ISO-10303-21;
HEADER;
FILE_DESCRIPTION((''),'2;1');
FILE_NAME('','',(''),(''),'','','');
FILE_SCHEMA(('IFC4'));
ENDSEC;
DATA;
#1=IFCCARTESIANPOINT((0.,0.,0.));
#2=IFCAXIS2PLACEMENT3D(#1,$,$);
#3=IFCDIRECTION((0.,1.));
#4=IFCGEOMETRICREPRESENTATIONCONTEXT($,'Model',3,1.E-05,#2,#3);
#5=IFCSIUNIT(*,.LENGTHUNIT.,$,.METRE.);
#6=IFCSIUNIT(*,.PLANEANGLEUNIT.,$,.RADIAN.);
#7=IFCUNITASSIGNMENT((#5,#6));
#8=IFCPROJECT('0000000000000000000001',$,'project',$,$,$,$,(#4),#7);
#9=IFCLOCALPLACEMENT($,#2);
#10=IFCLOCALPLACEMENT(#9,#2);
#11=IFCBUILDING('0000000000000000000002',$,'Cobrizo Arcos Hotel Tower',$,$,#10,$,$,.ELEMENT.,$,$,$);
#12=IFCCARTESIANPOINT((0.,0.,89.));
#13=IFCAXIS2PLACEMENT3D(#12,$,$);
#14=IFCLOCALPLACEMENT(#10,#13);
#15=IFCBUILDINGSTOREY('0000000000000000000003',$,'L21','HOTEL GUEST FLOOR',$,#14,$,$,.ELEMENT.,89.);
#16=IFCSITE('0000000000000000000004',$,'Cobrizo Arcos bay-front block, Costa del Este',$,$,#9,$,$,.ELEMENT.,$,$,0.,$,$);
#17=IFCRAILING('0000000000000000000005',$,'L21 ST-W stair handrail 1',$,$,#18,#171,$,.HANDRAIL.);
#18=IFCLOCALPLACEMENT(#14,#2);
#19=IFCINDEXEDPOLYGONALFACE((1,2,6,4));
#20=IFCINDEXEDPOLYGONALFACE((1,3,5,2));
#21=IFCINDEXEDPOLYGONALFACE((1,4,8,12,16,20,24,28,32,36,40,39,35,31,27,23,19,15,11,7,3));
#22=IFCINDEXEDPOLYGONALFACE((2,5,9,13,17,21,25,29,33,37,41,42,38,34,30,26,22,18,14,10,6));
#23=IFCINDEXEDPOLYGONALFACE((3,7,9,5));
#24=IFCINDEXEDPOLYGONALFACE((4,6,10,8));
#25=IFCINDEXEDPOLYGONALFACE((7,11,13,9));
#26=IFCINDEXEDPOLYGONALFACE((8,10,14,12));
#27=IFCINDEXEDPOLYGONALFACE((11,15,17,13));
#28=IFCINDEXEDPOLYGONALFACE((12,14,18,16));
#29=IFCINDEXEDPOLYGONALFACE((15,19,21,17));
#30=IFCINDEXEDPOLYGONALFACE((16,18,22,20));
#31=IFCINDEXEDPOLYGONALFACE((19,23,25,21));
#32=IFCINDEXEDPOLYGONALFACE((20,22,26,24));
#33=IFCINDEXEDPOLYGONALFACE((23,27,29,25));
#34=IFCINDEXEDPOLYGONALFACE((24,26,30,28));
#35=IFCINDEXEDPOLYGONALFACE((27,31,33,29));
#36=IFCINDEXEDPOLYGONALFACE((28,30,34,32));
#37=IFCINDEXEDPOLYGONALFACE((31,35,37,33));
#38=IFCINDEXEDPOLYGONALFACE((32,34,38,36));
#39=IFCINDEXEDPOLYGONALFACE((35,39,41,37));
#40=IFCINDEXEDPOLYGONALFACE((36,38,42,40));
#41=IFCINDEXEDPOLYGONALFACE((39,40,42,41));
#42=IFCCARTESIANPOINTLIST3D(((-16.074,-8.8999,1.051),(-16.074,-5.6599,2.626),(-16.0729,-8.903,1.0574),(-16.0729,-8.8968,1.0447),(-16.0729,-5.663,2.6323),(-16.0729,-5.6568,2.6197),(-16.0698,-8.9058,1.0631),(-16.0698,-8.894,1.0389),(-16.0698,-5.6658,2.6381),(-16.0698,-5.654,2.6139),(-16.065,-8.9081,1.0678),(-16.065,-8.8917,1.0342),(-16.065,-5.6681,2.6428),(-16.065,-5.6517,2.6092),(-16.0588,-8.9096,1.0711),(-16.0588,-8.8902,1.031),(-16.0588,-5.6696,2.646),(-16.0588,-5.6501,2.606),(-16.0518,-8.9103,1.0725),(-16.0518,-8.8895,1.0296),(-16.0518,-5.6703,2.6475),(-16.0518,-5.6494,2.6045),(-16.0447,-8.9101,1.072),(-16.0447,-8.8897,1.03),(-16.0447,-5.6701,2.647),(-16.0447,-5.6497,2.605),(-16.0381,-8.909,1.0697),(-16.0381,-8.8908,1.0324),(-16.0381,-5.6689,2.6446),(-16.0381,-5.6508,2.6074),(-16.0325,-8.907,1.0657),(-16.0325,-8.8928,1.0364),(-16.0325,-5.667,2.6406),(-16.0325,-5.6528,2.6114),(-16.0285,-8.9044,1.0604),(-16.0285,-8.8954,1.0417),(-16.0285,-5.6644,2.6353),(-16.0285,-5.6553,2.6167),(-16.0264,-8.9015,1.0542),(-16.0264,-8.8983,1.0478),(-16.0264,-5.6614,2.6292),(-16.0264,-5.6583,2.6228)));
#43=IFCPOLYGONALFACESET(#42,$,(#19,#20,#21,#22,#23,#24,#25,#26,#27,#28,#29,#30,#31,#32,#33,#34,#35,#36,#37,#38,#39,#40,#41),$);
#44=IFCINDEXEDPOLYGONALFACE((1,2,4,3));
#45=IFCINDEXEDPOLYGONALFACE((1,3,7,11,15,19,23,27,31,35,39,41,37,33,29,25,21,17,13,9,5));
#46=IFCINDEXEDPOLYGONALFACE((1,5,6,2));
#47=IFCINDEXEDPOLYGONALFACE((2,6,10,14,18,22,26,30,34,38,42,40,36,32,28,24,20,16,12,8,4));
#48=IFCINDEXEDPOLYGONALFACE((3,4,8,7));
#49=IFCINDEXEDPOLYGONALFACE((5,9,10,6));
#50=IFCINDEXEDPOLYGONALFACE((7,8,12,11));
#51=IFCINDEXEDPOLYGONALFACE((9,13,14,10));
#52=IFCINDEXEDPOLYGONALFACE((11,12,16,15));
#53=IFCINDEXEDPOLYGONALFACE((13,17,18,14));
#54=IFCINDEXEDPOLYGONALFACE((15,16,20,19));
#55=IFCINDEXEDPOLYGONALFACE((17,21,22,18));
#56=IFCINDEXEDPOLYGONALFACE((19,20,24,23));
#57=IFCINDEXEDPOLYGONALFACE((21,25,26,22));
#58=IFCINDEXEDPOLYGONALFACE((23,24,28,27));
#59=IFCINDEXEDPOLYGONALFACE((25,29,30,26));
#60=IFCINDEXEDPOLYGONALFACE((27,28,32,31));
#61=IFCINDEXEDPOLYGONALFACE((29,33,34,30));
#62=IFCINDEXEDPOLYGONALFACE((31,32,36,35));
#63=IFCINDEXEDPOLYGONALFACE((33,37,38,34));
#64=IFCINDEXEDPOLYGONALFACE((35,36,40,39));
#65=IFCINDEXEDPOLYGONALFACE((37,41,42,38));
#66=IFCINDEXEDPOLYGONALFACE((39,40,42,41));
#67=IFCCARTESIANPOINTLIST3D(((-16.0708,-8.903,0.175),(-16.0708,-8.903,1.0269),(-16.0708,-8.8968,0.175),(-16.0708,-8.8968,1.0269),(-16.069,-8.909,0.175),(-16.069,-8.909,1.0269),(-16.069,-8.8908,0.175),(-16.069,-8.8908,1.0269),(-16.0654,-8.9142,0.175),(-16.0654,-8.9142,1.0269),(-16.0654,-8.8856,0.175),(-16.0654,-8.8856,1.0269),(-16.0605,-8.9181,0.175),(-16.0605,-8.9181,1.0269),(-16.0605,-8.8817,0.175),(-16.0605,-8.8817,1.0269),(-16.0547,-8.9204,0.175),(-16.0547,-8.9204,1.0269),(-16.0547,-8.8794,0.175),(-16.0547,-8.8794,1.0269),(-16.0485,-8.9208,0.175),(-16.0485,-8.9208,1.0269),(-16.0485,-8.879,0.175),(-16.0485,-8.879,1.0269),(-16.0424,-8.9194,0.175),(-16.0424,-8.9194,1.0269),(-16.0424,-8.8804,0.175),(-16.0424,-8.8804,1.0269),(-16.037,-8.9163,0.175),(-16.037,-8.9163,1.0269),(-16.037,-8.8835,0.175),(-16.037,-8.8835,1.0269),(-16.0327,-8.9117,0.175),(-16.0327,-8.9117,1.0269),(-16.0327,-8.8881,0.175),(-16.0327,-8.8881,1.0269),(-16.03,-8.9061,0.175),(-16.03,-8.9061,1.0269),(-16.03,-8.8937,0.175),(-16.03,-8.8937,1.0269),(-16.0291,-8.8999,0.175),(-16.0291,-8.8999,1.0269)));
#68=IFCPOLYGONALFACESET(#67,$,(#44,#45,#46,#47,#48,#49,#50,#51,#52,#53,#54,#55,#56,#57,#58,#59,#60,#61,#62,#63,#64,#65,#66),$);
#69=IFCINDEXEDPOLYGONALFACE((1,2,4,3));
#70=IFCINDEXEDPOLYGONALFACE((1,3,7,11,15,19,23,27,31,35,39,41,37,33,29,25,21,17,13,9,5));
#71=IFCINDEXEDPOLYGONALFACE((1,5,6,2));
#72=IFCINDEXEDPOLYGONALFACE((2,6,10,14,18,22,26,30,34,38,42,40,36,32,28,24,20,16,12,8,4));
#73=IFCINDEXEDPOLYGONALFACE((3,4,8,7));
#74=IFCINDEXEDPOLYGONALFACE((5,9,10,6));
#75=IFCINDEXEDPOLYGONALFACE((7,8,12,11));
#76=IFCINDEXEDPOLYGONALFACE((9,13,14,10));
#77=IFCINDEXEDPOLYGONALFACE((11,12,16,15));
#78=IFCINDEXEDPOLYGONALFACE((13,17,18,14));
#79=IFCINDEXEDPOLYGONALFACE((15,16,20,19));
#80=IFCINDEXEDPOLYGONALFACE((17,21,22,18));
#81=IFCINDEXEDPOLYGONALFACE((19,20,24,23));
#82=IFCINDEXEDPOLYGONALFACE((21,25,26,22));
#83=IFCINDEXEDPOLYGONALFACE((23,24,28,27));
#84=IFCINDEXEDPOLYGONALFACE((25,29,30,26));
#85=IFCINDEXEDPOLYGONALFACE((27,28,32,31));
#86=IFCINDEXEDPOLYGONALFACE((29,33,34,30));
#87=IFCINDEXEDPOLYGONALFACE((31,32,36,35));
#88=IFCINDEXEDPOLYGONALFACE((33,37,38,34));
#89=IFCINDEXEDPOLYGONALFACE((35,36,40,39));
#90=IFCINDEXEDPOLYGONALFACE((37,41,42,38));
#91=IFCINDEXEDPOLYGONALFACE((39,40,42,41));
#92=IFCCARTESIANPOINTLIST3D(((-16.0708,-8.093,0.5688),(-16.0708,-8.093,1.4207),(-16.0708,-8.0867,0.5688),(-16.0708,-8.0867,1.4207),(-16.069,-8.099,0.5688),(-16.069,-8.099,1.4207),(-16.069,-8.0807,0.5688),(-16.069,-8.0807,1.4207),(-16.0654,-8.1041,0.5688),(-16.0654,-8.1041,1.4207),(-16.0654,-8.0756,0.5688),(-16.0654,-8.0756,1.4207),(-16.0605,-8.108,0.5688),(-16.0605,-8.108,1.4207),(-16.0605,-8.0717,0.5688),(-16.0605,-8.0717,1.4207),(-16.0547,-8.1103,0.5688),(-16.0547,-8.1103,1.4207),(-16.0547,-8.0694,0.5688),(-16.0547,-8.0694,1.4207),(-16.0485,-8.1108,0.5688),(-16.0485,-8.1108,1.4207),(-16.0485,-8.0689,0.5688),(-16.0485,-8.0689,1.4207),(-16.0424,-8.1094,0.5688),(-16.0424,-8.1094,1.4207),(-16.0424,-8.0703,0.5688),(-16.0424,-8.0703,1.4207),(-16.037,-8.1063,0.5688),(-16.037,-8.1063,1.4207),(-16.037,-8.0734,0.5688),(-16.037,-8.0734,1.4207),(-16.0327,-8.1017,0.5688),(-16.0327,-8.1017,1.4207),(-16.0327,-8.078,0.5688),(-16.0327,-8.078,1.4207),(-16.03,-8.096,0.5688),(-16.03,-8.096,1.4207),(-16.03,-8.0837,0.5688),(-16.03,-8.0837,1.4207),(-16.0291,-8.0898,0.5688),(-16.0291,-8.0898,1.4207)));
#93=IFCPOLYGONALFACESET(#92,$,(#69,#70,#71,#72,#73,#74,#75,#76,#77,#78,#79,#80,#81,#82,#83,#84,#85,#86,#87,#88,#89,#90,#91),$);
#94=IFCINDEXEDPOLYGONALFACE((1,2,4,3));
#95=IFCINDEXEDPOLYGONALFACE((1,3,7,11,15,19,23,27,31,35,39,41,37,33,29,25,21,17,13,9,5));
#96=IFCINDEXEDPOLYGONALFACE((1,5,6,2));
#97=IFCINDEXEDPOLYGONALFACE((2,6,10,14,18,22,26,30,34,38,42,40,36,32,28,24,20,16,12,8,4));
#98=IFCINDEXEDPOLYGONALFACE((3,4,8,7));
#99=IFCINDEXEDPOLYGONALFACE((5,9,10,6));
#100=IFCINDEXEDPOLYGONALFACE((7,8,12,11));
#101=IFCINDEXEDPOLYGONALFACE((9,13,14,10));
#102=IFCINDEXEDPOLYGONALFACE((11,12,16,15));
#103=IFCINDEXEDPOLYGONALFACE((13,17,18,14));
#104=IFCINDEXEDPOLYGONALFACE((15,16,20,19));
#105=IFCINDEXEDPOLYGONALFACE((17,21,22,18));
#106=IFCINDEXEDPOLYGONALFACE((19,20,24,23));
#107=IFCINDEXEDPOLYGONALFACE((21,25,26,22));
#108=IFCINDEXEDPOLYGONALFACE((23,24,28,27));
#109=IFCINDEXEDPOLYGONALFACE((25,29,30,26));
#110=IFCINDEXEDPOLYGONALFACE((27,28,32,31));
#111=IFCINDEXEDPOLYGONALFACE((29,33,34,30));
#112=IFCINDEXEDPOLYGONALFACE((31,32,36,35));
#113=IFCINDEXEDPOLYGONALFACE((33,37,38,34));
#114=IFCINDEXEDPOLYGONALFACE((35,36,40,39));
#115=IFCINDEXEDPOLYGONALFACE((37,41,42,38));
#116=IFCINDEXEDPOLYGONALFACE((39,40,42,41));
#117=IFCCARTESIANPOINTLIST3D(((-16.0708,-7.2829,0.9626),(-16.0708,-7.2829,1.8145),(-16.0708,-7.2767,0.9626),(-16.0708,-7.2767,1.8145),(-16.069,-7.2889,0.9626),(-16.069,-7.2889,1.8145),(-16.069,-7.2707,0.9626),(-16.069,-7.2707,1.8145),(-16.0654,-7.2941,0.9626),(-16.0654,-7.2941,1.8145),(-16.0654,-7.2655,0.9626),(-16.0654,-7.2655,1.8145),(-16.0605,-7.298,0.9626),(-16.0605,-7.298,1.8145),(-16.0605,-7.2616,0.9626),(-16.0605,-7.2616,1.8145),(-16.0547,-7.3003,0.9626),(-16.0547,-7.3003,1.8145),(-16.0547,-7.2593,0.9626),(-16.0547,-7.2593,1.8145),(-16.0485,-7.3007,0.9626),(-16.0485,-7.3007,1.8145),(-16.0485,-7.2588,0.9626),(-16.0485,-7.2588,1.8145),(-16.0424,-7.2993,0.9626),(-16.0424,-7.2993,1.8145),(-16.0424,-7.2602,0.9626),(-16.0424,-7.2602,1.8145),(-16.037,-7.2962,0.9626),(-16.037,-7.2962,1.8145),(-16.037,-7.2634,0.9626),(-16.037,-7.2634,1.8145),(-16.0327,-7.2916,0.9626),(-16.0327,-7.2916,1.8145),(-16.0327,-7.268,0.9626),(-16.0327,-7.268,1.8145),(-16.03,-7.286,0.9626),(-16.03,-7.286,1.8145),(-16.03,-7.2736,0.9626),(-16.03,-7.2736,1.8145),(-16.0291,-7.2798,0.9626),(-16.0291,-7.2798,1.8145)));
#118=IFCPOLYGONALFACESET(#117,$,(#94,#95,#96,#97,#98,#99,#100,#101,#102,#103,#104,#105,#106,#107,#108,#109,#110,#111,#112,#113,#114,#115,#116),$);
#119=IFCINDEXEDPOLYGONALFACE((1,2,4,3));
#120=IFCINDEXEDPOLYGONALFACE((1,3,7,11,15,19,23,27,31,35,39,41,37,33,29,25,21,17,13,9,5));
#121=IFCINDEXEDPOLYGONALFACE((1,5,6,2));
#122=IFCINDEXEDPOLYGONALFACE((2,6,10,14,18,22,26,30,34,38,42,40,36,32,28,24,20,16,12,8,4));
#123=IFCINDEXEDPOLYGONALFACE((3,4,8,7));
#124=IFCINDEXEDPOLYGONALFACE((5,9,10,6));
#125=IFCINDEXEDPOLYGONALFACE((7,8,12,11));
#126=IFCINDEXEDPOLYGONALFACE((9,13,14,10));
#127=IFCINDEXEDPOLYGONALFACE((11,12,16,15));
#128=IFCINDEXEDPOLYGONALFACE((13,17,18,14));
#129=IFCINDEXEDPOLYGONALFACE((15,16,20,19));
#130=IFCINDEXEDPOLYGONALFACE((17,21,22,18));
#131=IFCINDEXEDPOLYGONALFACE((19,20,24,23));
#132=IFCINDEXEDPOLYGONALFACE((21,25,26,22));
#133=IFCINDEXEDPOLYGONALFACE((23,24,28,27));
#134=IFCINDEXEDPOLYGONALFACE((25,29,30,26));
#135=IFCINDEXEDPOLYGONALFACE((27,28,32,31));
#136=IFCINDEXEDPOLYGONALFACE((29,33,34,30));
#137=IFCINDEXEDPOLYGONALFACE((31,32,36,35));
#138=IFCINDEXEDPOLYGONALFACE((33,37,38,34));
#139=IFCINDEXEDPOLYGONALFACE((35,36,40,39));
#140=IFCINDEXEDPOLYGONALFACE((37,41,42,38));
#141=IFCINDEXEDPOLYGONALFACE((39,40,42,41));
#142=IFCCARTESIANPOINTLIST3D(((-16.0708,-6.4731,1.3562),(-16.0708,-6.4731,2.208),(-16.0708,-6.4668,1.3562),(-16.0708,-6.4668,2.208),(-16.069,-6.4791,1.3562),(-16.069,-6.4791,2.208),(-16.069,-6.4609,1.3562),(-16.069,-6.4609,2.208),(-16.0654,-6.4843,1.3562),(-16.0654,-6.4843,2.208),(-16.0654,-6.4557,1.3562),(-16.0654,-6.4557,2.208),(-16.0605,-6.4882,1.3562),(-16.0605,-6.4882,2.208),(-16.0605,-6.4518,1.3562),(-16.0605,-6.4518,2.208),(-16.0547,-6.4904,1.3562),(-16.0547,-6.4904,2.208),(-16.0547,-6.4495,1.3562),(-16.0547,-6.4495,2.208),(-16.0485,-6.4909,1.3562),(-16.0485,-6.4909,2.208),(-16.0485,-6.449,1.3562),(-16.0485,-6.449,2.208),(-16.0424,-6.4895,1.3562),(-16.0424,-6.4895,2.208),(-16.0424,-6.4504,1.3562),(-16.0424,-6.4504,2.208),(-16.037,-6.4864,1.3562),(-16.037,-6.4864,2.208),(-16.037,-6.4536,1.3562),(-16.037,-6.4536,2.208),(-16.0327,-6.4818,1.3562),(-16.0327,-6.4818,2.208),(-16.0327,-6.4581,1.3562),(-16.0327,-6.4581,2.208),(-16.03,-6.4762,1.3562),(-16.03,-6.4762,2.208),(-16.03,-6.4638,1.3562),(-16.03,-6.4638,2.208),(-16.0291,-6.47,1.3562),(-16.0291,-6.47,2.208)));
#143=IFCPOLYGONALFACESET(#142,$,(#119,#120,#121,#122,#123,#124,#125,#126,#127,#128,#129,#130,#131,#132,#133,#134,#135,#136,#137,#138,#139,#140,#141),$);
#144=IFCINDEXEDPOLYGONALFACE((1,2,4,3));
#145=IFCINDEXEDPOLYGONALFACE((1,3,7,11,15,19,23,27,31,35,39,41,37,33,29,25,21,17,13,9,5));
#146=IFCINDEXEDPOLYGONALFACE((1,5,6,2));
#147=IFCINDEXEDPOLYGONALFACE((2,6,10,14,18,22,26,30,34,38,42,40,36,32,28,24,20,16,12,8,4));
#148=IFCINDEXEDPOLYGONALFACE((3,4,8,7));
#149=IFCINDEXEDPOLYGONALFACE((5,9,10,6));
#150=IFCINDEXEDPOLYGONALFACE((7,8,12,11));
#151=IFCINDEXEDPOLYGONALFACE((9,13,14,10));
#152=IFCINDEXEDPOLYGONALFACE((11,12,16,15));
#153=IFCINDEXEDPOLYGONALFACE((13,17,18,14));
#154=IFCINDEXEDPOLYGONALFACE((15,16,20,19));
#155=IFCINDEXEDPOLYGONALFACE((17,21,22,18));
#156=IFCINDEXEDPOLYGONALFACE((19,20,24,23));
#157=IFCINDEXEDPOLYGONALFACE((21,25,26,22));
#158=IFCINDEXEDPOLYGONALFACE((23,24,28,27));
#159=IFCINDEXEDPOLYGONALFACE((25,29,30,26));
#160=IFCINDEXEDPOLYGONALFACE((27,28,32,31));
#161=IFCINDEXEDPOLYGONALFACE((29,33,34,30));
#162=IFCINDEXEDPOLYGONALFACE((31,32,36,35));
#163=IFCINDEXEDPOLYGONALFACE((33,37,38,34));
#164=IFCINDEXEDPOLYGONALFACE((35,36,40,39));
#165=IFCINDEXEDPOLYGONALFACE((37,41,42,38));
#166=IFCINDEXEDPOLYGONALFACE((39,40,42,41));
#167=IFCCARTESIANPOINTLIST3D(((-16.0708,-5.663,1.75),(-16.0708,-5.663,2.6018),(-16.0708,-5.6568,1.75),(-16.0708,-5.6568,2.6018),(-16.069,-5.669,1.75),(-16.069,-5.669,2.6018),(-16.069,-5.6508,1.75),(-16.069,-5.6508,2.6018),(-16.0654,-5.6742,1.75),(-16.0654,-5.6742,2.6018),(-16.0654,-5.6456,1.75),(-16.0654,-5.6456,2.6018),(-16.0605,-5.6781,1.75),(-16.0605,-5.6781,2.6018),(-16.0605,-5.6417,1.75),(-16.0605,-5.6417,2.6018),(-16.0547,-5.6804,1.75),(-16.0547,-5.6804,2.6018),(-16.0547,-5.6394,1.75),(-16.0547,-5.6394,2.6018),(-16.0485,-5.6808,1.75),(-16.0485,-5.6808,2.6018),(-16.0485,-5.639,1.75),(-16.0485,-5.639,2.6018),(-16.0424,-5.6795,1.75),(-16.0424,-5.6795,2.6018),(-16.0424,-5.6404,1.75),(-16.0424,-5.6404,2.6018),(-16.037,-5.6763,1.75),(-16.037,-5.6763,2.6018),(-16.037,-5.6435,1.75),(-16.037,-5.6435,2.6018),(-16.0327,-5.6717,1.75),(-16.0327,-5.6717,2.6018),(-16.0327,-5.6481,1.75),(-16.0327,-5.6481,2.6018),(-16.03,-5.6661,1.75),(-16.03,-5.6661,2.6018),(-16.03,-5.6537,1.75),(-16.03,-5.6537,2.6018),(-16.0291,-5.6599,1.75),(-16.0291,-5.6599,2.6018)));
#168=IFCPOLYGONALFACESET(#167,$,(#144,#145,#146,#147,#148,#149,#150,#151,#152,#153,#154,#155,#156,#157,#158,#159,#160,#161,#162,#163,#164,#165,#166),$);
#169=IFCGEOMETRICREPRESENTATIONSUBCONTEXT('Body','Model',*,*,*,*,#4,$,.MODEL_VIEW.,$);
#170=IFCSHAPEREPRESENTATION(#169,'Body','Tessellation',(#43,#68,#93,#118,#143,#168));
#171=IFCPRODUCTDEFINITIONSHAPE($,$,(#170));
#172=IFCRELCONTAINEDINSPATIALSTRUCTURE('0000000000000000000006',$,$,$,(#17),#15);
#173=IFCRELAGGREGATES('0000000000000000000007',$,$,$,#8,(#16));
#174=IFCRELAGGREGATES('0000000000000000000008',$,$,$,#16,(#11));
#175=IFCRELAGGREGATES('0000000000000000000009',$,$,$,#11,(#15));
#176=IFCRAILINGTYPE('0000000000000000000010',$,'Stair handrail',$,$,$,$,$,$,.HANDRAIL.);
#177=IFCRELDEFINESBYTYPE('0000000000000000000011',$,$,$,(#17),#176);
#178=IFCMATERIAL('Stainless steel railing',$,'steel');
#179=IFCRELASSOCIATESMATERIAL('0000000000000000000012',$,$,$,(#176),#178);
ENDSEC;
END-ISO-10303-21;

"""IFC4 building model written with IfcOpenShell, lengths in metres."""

from ifc_helpers import new_model, si_unit, direction, frame, origin, origin_2d, place, context, subcontext, project, spatial, circle, extrude, material, type_object, element, save


model = new_model("IFC4")

# Units and contexts
model_context = context("Model", 3, precision=1e-05, world=origin(), true_north=direction((0.0, 1.0)))
body_context = subcontext(model_context, "Body", "Model", "MODEL_VIEW")
ifc_project = project(units=[si_unit("LENGTHUNIT", "METRE"), si_unit("PLANEANGLEUNIT", "RADIAN")], contexts=[model_context])

# Site, building, storey
site_placement = place(None, origin())
site = spatial("IfcSite", under=ifc_project, at=site_placement, Name="Cobrizo Arcos bay-front block, Costa del Este", CompositionType="ELEMENT", RefElevation=0.0)
building_placement = place(site_placement, origin())
building = spatial("IfcBuilding", under=site, at=building_placement, Name="Cobrizo Arcos Hotel Tower", CompositionType="ELEMENT")
storey_placement = place(building_placement, frame((0.0, 0.0, 89.0)))
storey = spatial("IfcBuildingStorey", under=building, at=storey_placement, Name="L21", Description="HOTEL GUEST FLOOR", CompositionType="ELEMENT", Elevation=89.0)

# Railing
ifc_material_1 = material(Name="Stainless steel railing", Category="steel")
railing_type_1 = type_object("IfcRailingType", Name="Stair handrail", PredefinedType="HANDRAIL", material=ifc_material_1)
railing_1_placement = place(storey_placement, frame((-16.05, -8.8999, 0.175)))
element("IfcRailing", 1, at=railing_1_placement, inside=storey, type_object=railing_type_1, Name="L21 ST-W stair handrail 1", PredefinedType="HANDRAIL", context=body_context, shape_type="SweptSolid", body=[
    extrude(circle(Radius=0.0239, at=origin_2d()), frame((0.0, 0.0, 0.876), z_axis=(0.0, 0.899373, 0.437183), x_axis=(-1.0, 0.0, 0.0)), (0.0, 0.0, 1.0), 3.6025),
    extrude(circle(Radius=0.021, at=origin_2d()), origin(), (0.0, 0.0, 1.0), 0.8518),
    extrude(circle(Radius=0.021, at=origin_2d()), frame((0.0, 0.8101, 0.3938)), (0.0, 0.0, 1.0), 0.8518),
    extrude(circle(Radius=0.021, at=origin_2d()), frame((0.0, 1.6201, 0.7876)), (0.0, 0.0, 1.0), 0.8518),
    extrude(circle(Radius=0.021, at=origin_2d()), frame((0.0, 2.4299, 1.1812)), (0.0, 0.0, 1.0), 0.8518),
    extrude(circle(Radius=0.021, at=origin_2d()), frame((0.0, 3.24, 1.575)), (0.0, 0.0, 1.0), 0.8518),
])

save(model, "model.ifc")
